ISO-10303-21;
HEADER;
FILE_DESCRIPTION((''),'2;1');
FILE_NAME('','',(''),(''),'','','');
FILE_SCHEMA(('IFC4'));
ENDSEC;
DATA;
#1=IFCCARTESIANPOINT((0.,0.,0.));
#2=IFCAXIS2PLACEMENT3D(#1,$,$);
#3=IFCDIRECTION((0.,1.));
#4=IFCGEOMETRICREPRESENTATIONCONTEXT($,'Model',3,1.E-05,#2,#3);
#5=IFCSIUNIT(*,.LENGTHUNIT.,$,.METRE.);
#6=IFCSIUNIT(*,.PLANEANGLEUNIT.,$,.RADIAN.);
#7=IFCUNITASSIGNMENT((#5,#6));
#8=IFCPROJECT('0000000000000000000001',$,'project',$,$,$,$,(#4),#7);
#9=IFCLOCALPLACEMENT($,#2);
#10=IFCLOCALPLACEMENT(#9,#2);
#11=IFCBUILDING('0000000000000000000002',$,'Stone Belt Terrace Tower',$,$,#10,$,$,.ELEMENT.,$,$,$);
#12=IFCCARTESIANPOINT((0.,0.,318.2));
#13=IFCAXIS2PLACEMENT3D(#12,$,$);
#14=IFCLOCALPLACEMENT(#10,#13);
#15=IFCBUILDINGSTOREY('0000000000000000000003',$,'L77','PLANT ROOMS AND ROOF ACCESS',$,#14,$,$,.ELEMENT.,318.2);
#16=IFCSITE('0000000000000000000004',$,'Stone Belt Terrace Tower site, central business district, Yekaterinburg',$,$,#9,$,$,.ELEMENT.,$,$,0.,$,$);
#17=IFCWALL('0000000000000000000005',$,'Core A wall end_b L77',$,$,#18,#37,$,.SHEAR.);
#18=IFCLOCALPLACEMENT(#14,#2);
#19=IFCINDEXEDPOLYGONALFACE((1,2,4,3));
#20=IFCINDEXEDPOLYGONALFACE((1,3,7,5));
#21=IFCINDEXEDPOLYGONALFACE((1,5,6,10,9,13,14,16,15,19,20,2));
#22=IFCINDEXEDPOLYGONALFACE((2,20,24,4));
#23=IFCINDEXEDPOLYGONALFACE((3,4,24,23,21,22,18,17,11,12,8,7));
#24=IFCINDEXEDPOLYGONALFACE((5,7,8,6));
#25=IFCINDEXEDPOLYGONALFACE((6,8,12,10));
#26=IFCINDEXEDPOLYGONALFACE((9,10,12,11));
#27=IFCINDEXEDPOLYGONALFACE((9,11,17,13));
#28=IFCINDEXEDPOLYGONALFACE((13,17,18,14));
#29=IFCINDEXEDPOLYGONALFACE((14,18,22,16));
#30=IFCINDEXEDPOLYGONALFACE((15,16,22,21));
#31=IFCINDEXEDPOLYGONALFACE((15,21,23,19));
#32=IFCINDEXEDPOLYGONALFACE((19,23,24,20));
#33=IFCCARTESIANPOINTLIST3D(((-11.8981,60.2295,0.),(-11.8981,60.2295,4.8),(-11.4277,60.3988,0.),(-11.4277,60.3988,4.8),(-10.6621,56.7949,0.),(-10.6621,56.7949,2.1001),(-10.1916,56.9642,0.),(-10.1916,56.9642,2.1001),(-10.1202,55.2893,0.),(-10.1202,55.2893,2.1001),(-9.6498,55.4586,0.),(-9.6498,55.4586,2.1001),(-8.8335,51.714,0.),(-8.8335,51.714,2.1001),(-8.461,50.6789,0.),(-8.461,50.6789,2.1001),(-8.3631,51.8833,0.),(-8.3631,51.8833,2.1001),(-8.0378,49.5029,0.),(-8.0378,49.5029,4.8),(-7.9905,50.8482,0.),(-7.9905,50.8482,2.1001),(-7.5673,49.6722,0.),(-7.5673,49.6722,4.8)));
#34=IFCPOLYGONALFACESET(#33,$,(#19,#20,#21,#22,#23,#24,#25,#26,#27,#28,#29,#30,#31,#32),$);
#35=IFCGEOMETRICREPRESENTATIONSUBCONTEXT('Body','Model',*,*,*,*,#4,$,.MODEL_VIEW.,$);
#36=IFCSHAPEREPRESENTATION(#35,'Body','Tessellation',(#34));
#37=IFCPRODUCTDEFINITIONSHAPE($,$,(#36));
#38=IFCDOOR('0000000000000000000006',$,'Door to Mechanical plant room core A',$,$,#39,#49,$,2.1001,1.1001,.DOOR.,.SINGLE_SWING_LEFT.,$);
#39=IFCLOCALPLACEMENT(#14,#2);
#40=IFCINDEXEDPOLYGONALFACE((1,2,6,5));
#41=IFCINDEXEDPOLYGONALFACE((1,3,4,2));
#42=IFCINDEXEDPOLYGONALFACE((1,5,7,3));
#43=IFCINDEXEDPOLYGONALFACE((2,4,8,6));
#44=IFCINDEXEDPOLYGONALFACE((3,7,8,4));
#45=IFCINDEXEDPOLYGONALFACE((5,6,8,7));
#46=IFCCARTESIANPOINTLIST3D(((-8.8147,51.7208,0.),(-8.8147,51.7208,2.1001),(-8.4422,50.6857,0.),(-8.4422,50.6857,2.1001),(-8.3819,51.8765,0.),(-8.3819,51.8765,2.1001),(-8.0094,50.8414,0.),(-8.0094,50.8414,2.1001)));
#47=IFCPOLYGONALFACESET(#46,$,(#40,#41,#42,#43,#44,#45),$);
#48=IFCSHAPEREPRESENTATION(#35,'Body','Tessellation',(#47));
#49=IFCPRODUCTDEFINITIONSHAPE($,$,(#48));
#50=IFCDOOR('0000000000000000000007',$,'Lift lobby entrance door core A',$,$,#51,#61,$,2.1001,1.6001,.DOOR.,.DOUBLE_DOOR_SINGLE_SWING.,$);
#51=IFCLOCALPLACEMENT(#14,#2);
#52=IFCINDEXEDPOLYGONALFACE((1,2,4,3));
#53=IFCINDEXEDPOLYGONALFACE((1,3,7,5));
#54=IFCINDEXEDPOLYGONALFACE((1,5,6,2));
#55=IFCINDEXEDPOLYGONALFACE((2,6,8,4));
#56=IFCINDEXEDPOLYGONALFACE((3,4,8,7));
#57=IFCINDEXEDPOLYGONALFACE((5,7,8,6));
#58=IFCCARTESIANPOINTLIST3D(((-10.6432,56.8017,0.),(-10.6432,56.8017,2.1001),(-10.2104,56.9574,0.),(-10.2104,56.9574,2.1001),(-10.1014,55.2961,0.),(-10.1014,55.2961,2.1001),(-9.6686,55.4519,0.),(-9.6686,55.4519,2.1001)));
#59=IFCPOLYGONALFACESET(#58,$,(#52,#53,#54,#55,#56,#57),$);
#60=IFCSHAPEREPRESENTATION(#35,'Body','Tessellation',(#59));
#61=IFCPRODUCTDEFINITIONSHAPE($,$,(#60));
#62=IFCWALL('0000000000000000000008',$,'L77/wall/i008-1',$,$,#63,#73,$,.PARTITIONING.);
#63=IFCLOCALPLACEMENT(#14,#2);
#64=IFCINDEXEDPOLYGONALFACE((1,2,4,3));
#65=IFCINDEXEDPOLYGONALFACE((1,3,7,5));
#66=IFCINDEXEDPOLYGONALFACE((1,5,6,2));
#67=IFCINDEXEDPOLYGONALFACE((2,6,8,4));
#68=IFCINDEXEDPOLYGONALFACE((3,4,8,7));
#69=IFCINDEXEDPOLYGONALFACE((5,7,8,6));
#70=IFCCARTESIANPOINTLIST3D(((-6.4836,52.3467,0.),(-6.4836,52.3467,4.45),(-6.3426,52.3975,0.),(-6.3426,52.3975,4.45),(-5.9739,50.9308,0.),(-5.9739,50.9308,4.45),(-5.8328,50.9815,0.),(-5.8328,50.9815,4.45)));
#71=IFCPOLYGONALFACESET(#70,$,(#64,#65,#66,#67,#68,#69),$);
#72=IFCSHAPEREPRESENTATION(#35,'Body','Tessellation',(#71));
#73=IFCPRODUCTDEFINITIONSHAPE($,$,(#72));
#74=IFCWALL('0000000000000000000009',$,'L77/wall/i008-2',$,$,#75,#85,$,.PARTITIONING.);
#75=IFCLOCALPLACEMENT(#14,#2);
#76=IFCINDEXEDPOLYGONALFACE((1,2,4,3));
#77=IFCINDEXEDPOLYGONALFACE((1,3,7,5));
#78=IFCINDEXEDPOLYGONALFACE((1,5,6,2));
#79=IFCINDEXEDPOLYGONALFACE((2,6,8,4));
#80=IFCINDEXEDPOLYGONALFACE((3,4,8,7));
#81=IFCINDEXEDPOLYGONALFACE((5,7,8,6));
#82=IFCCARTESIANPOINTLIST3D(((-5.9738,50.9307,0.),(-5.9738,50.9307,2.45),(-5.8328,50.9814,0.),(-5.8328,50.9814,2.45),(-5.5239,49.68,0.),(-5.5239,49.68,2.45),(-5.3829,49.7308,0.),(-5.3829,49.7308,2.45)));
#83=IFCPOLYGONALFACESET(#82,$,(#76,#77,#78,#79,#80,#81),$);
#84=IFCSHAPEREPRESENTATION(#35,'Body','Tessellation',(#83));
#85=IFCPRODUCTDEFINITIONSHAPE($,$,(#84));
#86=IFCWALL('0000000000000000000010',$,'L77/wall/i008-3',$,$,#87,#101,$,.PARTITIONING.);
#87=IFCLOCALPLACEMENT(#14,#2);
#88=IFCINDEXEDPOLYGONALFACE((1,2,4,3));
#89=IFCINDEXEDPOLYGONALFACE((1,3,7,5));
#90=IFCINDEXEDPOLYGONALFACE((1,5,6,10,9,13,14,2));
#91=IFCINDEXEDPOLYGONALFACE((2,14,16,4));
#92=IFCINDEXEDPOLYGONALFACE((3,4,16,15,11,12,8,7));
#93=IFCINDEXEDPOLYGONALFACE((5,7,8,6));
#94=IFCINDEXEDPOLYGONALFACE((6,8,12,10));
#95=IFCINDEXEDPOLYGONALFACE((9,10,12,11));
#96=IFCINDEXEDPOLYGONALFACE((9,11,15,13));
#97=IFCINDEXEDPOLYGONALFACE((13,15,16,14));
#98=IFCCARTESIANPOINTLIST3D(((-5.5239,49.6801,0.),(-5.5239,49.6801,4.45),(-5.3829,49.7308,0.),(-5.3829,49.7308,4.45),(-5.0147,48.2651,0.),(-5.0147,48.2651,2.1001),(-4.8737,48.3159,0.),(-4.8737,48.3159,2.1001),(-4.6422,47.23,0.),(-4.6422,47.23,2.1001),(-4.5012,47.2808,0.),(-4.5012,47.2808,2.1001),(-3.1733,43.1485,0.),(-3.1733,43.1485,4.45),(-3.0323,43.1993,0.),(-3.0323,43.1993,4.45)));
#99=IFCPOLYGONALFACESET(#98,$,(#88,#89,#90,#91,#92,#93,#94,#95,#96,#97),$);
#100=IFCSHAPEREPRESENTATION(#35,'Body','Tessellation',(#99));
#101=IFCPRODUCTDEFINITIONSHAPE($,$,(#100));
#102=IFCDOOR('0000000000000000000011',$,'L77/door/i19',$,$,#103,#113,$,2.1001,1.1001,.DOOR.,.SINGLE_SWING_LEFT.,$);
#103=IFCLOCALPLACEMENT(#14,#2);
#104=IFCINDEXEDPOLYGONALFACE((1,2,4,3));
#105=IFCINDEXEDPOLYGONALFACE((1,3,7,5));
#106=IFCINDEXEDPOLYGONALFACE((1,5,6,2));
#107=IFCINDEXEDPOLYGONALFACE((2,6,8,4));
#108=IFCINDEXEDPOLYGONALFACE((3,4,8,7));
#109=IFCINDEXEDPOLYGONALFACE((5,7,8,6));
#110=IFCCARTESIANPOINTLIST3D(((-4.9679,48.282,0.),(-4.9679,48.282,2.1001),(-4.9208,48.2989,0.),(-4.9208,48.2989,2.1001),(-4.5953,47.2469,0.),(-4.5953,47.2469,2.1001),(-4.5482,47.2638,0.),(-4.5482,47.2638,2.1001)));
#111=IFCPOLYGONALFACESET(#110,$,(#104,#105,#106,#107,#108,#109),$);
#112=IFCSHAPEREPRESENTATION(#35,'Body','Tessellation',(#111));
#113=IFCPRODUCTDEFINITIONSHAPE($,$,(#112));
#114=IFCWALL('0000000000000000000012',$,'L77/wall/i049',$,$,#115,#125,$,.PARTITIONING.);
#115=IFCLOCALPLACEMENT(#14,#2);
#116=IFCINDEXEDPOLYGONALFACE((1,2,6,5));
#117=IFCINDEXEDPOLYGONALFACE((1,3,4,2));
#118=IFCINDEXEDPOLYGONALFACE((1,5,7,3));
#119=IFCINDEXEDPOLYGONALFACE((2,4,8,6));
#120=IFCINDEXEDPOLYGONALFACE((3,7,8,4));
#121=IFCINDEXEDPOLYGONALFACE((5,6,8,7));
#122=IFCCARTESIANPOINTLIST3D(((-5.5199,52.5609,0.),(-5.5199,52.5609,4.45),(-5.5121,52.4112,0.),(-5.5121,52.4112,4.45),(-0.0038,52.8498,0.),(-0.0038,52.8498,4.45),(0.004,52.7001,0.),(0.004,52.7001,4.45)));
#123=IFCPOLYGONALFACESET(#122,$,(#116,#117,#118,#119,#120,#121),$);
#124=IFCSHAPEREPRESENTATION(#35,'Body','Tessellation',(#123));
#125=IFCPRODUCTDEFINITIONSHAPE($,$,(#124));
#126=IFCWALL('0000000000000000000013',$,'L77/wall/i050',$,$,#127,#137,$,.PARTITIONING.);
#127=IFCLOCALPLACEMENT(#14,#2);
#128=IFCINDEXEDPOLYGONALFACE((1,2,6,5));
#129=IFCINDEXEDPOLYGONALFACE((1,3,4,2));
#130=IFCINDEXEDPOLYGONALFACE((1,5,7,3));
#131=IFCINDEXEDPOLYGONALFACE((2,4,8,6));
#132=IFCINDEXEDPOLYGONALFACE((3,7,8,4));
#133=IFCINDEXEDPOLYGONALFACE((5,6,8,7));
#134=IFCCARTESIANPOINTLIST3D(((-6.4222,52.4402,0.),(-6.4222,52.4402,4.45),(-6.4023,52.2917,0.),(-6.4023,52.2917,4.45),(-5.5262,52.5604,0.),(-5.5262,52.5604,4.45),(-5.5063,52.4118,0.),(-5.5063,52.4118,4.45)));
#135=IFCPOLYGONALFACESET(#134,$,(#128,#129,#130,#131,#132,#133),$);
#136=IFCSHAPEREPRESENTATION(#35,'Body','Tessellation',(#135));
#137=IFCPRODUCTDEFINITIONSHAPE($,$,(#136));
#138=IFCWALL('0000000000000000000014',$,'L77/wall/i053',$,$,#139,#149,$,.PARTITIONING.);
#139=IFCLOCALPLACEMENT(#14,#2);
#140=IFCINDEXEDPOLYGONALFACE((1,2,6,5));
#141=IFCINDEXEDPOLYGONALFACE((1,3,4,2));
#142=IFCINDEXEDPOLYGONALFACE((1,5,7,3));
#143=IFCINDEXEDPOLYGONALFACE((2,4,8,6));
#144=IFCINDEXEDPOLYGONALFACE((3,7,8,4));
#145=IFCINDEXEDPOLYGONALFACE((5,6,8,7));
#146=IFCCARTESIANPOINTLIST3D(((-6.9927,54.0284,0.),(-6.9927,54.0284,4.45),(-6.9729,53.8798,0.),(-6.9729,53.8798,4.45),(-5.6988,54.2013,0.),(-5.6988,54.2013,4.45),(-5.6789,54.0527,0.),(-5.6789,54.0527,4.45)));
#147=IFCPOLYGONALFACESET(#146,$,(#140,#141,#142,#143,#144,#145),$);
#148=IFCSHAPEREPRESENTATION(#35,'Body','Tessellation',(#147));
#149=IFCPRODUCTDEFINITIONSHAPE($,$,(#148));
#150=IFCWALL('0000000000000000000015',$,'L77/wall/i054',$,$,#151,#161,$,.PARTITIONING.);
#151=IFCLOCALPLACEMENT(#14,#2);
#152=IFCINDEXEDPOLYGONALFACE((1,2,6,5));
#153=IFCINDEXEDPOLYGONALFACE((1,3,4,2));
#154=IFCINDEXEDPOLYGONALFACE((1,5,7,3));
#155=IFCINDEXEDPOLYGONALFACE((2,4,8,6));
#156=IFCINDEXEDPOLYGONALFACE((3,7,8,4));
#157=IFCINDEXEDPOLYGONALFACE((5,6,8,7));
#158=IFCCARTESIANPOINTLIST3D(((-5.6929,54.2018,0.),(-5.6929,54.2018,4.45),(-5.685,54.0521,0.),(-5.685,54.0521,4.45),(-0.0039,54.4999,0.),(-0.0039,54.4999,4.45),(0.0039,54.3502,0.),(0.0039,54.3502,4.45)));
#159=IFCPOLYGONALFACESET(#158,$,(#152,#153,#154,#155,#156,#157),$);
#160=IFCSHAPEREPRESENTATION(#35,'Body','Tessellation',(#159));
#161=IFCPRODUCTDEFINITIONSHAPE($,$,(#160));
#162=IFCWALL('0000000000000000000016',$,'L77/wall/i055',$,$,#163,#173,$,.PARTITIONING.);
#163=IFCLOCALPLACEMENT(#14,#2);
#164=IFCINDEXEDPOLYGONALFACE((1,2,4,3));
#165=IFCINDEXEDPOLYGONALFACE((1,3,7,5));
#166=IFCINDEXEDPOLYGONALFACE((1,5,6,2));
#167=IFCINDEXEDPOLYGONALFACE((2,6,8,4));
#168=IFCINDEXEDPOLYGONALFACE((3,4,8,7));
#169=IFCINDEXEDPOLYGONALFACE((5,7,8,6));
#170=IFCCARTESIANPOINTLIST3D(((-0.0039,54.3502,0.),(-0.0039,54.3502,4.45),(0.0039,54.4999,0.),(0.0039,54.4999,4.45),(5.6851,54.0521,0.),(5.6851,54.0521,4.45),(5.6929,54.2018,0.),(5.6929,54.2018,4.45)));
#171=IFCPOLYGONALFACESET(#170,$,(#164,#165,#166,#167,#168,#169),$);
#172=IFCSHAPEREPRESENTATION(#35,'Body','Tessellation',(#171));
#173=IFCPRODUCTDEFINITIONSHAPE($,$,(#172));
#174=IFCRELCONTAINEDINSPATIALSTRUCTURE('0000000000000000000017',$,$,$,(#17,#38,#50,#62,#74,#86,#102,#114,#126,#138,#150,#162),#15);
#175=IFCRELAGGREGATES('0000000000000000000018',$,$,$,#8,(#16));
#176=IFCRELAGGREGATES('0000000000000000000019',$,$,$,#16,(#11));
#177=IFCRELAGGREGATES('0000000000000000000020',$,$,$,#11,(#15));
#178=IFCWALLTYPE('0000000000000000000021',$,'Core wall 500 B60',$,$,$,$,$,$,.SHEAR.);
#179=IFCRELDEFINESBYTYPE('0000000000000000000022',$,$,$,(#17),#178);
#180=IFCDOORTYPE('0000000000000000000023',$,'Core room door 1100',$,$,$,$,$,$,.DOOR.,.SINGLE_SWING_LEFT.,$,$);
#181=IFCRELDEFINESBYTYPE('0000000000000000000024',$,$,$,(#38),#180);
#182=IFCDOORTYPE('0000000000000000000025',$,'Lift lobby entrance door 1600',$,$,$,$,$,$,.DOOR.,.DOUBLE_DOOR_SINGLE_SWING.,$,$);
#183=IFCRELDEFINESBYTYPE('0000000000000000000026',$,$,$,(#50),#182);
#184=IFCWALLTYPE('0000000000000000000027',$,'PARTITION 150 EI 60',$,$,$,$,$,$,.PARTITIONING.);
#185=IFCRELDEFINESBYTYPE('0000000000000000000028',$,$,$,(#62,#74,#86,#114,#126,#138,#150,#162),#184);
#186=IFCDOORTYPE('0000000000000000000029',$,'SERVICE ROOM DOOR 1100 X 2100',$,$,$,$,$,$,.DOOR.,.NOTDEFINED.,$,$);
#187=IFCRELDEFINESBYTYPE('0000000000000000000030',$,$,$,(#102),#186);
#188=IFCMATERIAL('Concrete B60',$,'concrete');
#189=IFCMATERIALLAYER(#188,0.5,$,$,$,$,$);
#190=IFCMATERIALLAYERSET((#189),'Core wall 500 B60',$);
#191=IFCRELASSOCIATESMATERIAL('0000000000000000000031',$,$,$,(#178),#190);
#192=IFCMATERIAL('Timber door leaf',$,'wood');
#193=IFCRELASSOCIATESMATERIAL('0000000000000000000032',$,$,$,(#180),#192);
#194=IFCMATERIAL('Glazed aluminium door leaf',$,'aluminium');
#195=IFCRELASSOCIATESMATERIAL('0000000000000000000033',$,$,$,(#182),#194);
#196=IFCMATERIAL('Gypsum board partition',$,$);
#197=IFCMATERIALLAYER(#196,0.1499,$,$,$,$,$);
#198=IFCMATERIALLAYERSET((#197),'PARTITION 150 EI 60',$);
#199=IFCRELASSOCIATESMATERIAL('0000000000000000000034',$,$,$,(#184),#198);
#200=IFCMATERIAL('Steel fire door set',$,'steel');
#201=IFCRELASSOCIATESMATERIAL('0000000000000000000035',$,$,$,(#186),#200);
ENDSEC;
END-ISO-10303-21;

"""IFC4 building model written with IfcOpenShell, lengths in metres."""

from ifc_helpers import new_model, si_unit, direction, frame, frame_2d, origin, place, context, subcontext, project, spatial, rectangle, extrude, material, layer, layer_set, type_object, element, fill, save


model = new_model("IFC4")

# Units and contexts
model_context = context("Model", 3, precision=1e-05, world=origin(), true_north=direction((0.0, 1.0)))
body_context = subcontext(model_context, "Body", "Model", "MODEL_VIEW")
ifc_project = project(units=[si_unit("LENGTHUNIT", "METRE"), si_unit("PLANEANGLEUNIT", "RADIAN")], contexts=[model_context])

# Site, building, storey
site_placement = place(None, origin())
site = spatial("IfcSite", under=ifc_project, at=site_placement, Name="Stone Belt Terrace Tower site, central business district, Yekaterinburg", CompositionType="ELEMENT", RefElevation=0.0)
building_placement = place(site_placement, origin())
building = spatial("IfcBuilding", under=site, at=building_placement, Name="Stone Belt Terrace Tower", CompositionType="ELEMENT")
storey_placement = place(building_placement, frame((0.0, 0.0, 318.2)))
storey = spatial("IfcBuildingStorey", under=building, at=storey_placement, Name="L77", Description="PLANT ROOMS AND ROOF ACCESS", CompositionType="ELEMENT", Elevation=318.2)

# Shared definitions
ifc_material_1 = material(Name="Concrete B60", Category="concrete")

# Wall, openings, doors
ifc_layer_1 = layer(ifc_material_1, 0.5)
ifc_layer_set_1 = layer_set([ifc_layer_1], Name="Core wall 500 B60")
wall_type_1 = type_object("IfcWallType", Name="Core wall 500 B60", PredefinedType="SHEAR", material=ifc_layer_set_1)
wall_1_placement = place(storey_placement, frame((-7.8025, 49.5874, 0.0), z_axis=(0.0, 0.0, 1.0), x_axis=(-0.338625, 0.940921, 0.0)))
wall_1 = element("IfcWall", 1, at=wall_1_placement, inside=storey, type_object=wall_type_1, Name="Core A wall end_b L77", PredefinedType="SHEAR", context=body_context, shape_type="SweptSolid", body=[
    extrude(rectangle(XDim=11.4001, YDim=0.5, at=frame_2d((5.7002, 0.0))), origin(), (0.0, 0.0, 1.0), 4.8),
])
opening_1_placement = place(wall_1_placement, frame((6.1499, 0.0, 0.0)))
opening_1 = element("IfcOpeningElement", 2, at=opening_1_placement, cuts=wall_1, PredefinedType="OPENING", context=body_context, shape_type="SweptSolid", body=[
    extrude(rectangle(XDim=1.6001, YDim=2.1001, at=frame_2d((0.8, 1.05))), frame((0.0, 0.26, 0.0), z_axis=(0.0, -1.0, 0.0), x_axis=(1.0, 0.0, 0.0)), (0.0, 0.0, 1.0), 0.52),
])
opening_2_placement = place(wall_1_placement, frame((1.25, 0.0, 0.0)))
opening_2 = element("IfcOpeningElement", 3, at=opening_2_placement, cuts=wall_1, PredefinedType="OPENING", context=body_context, shape_type="SweptSolid", body=[
    extrude(rectangle(XDim=1.1001, YDim=2.1001, at=frame_2d((0.55, 1.05))), frame((0.0, 0.26, 0.0), z_axis=(0.0, -1.0, 0.0), x_axis=(1.0, 0.0, 0.0)), (0.0, 0.0, 1.0), 0.52),
])
ifc_material_2 = material(Name="Timber door leaf", Category="wood")
door_type_1 = type_object("IfcDoorType", Name="Core room door 1100", OperationType="SINGLE_SWING_LEFT", PredefinedType="DOOR", material=ifc_material_2)
door_1_placement = place(opening_2_placement, origin())
door_1 = element("IfcDoor", 4, at=door_1_placement, inside=storey, type_object=door_type_1, Name="Door to Mechanical plant room core A", OperationType="SINGLE_SWING_LEFT", OverallHeight=2.1001, OverallWidth=1.1001, PredefinedType="DOOR", context=body_context, shape_type="SweptSolid", body=[
    extrude(rectangle(XDim=1.1001, YDim=2.1001, at=frame_2d((0.55, 1.05))), frame((0.0, 0.23, 0.0), z_axis=(0.0, -1.0, 0.0), x_axis=(1.0, 0.0, 0.0)), (0.0, 0.0, 1.0), 0.46),
])
fill(opening_2, door_1)
ifc_material_3 = material(Name="Glazed aluminium door leaf", Category="aluminium")
door_type_2 = type_object("IfcDoorType", Name="Lift lobby entrance door 1600", OperationType="DOUBLE_DOOR_SINGLE_SWING", PredefinedType="DOOR", material=ifc_material_3)
door_2_placement = place(opening_1_placement, origin())
door_2 = element("IfcDoor", 5, at=door_2_placement, inside=storey, type_object=door_type_2, Name="Lift lobby entrance door core A", OperationType="DOUBLE_DOOR_SINGLE_SWING", OverallHeight=2.1001, OverallWidth=1.6001, PredefinedType="DOOR", context=body_context, shape_type="SweptSolid", body=[
    extrude(rectangle(XDim=1.6001, YDim=2.1001, at=frame_2d((0.8, 1.05))), frame((0.0, 0.23, 0.0), z_axis=(0.0, -1.0, 0.0), x_axis=(1.0, 0.0, 0.0)), (0.0, 0.0, 1.0), 0.46),
])
fill(opening_1, door_2)

# Walls
ifc_material_4 = material(Name="Gypsum board partition")
ifc_layer_2 = layer(ifc_material_4, 0.1499)
ifc_layer_set_2 = layer_set([ifc_layer_2], Name="PARTITION 150 EI 60")
wall_type_2 = type_object("IfcWallType", Name="PARTITION 150 EI 60", PredefinedType="PARTITIONING", material=ifc_layer_set_2)
wall_2_placement = place(storey_placement, frame((-6.4131, 52.3721, 0.0), z_axis=(0.0, 0.0, 1.0), x_axis=(0.338719, -0.940887, 0.0)))
element("IfcWall", 6, at=wall_2_placement, inside=storey, type_object=wall_type_2, Name="L77/wall/i008-1", PredefinedType="PARTITIONING", context=body_context, shape_type="SweptSolid", body=[
    extrude(rectangle(XDim=1.5049, YDim=0.1499, at=frame_2d((0.7524, 0.0))), origin(), (0.0, 0.0, 1.0), 4.45),
])
wall_3_placement = place(storey_placement, frame((-5.9033, 50.9561, 0.0), z_axis=(0.0, 0.0, 1.0), x_axis=(0.338511, -0.940962, 0.0)))
element("IfcWall", 7, at=wall_3_placement, inside=storey, type_object=wall_type_2, Name="L77/wall/i008-2", PredefinedType="PARTITIONING", context=body_context, shape_type="SweptSolid", body=[
    extrude(rectangle(XDim=1.3291, YDim=0.1499, at=frame_2d((0.6646, 0.0))), origin(), (0.0, 0.0, 1.0), 2.45),
])

# Wall, opening, door
wall_4_placement = place(storey_placement, frame((-5.4534, 49.7053, 0.0), z_axis=(0.0, 0.0, 1.0), x_axis=(0.338624, -0.940922, 0.0)))
wall_4 = element("IfcWall", 8, at=wall_4_placement, inside=storey, type_object=wall_type_2, Name="L77/wall/i008-3", PredefinedType="PARTITIONING", context=body_context, shape_type="SweptSolid", body=[
    extrude(rectangle(XDim=6.9417, YDim=0.1499, at=frame_2d((3.4707, 0.0))), origin(), (0.0, 0.0, 1.0), 4.45),
])
opening_3_placement = place(wall_4_placement, frame((1.5037, 0.0, 0.0)))
opening_3 = element("IfcOpeningElement", 9, at=opening_3_placement, cuts=wall_4, PredefinedType="OPENING", context=body_context, shape_type="SweptSolid", body=[
    extrude(rectangle(XDim=1.1001, YDim=2.1001, at=frame_2d((0.55, 1.05))), frame((0.0, 0.085, 0.0), z_axis=(0.0, -1.0, 0.0), x_axis=(1.0, 0.0, 0.0)), (0.0, 0.0, 1.0), 0.1699),
])
ifc_material_5 = material(Name="Steel fire door set", Category="steel")
door_type_3 = type_object("IfcDoorType", Name="SERVICE ROOM DOOR 1100 X 2100", OperationType="NOTDEFINED", PredefinedType="DOOR", material=ifc_material_5)
door_3_placement = place(opening_3_placement, origin())
door_3 = element("IfcDoor", 10, at=door_3_placement, inside=storey, type_object=door_type_3, Name="L77/door/i19", OperationType="SINGLE_SWING_LEFT", OverallHeight=2.1001, OverallWidth=1.1001, PredefinedType="DOOR", context=body_context, shape_type="SweptSolid", body=[
    extrude(rectangle(XDim=1.1001, YDim=2.1001, at=frame_2d((0.55, 1.05))), frame((0.0, 0.0249, 0.0), z_axis=(0.0, -1.0, 0.0), x_axis=(1.0, 0.0, 0.0)), (0.0, 0.0, 1.0), 0.05),
])
fill(opening_3, door_3)

# Walls
wall_5_placement = place(storey_placement, frame((0.0, 52.7749, 0.0), z_axis=(0.0, 0.0, 1.0), x_axis=(-0.998632, -0.052287, 0.0)))
element("IfcWall", 11, at=wall_5_placement, inside=storey, type_object=wall_type_2, Name="L77/wall/i049", PredefinedType="PARTITIONING", context=body_context, shape_type="SweptSolid", body=[
    extrude(rectangle(XDim=5.5237, YDim=0.1499, at=frame_2d((2.7617, 0.0))), origin(), (0.0, 0.0, 1.0), 4.45),
])
wall_6_placement = place(storey_placement, frame((-5.5161, 52.4861, 0.0), z_axis=(0.0, 0.0, 1.0), x_axis=(-0.991133, -0.132871, 0.0)))
element("IfcWall", 12, at=wall_6_placement, inside=storey, type_object=wall_type_2, Name="L77/wall/i050", PredefinedType="PARTITIONING", context=body_context, shape_type="SweptSolid", body=[
    extrude(rectangle(XDim=0.9041, YDim=0.1499, at=frame_2d((0.4521, 0.0))), origin(), (0.0, 0.0, 1.0), 4.45),
])
wall_7_placement = place(storey_placement, frame((-6.9829, 53.9541, 0.0), z_axis=(0.0, 0.0, 1.0), x_axis=(0.991195, 0.132409, 0.0)))
element("IfcWall", 13, at=wall_7_placement, inside=storey, type_object=wall_type_2, Name="L77/wall/i053", PredefinedType="PARTITIONING", context=body_context, shape_type="SweptSolid", body=[
    extrude(rectangle(XDim=1.3054, YDim=0.1499, at=frame_2d((0.6528, 0.0))), origin(), (0.0, 0.0, 1.0), 4.45),
])
for number, where, z_axis, x_axis, name in (
    (14, (-5.689, 54.127, 0.0), (0.0, 0.0, 1.0), (0.99863, 0.052327, 0.0), "L77/wall/i054"),
    (15, (0.0, 54.425, 0.0), (0.0, 0.0, 1.0), (0.99863, -0.052327, 0.0), "L77/wall/i055"),
):
    element("IfcWall", number, at=place(storey_placement, frame(where, z_axis=z_axis, x_axis=x_axis)), inside=storey, type_object=wall_type_2, Name=name, PredefinedType="PARTITIONING", context=body_context, shape_type="SweptSolid", body=[
        extrude(rectangle(XDim=5.6968, YDim=0.1499, at=frame_2d((2.8484, 0.0))), origin(), (0.0, 0.0, 1.0), 4.45),
    ])

save(model, "model.ifc")
